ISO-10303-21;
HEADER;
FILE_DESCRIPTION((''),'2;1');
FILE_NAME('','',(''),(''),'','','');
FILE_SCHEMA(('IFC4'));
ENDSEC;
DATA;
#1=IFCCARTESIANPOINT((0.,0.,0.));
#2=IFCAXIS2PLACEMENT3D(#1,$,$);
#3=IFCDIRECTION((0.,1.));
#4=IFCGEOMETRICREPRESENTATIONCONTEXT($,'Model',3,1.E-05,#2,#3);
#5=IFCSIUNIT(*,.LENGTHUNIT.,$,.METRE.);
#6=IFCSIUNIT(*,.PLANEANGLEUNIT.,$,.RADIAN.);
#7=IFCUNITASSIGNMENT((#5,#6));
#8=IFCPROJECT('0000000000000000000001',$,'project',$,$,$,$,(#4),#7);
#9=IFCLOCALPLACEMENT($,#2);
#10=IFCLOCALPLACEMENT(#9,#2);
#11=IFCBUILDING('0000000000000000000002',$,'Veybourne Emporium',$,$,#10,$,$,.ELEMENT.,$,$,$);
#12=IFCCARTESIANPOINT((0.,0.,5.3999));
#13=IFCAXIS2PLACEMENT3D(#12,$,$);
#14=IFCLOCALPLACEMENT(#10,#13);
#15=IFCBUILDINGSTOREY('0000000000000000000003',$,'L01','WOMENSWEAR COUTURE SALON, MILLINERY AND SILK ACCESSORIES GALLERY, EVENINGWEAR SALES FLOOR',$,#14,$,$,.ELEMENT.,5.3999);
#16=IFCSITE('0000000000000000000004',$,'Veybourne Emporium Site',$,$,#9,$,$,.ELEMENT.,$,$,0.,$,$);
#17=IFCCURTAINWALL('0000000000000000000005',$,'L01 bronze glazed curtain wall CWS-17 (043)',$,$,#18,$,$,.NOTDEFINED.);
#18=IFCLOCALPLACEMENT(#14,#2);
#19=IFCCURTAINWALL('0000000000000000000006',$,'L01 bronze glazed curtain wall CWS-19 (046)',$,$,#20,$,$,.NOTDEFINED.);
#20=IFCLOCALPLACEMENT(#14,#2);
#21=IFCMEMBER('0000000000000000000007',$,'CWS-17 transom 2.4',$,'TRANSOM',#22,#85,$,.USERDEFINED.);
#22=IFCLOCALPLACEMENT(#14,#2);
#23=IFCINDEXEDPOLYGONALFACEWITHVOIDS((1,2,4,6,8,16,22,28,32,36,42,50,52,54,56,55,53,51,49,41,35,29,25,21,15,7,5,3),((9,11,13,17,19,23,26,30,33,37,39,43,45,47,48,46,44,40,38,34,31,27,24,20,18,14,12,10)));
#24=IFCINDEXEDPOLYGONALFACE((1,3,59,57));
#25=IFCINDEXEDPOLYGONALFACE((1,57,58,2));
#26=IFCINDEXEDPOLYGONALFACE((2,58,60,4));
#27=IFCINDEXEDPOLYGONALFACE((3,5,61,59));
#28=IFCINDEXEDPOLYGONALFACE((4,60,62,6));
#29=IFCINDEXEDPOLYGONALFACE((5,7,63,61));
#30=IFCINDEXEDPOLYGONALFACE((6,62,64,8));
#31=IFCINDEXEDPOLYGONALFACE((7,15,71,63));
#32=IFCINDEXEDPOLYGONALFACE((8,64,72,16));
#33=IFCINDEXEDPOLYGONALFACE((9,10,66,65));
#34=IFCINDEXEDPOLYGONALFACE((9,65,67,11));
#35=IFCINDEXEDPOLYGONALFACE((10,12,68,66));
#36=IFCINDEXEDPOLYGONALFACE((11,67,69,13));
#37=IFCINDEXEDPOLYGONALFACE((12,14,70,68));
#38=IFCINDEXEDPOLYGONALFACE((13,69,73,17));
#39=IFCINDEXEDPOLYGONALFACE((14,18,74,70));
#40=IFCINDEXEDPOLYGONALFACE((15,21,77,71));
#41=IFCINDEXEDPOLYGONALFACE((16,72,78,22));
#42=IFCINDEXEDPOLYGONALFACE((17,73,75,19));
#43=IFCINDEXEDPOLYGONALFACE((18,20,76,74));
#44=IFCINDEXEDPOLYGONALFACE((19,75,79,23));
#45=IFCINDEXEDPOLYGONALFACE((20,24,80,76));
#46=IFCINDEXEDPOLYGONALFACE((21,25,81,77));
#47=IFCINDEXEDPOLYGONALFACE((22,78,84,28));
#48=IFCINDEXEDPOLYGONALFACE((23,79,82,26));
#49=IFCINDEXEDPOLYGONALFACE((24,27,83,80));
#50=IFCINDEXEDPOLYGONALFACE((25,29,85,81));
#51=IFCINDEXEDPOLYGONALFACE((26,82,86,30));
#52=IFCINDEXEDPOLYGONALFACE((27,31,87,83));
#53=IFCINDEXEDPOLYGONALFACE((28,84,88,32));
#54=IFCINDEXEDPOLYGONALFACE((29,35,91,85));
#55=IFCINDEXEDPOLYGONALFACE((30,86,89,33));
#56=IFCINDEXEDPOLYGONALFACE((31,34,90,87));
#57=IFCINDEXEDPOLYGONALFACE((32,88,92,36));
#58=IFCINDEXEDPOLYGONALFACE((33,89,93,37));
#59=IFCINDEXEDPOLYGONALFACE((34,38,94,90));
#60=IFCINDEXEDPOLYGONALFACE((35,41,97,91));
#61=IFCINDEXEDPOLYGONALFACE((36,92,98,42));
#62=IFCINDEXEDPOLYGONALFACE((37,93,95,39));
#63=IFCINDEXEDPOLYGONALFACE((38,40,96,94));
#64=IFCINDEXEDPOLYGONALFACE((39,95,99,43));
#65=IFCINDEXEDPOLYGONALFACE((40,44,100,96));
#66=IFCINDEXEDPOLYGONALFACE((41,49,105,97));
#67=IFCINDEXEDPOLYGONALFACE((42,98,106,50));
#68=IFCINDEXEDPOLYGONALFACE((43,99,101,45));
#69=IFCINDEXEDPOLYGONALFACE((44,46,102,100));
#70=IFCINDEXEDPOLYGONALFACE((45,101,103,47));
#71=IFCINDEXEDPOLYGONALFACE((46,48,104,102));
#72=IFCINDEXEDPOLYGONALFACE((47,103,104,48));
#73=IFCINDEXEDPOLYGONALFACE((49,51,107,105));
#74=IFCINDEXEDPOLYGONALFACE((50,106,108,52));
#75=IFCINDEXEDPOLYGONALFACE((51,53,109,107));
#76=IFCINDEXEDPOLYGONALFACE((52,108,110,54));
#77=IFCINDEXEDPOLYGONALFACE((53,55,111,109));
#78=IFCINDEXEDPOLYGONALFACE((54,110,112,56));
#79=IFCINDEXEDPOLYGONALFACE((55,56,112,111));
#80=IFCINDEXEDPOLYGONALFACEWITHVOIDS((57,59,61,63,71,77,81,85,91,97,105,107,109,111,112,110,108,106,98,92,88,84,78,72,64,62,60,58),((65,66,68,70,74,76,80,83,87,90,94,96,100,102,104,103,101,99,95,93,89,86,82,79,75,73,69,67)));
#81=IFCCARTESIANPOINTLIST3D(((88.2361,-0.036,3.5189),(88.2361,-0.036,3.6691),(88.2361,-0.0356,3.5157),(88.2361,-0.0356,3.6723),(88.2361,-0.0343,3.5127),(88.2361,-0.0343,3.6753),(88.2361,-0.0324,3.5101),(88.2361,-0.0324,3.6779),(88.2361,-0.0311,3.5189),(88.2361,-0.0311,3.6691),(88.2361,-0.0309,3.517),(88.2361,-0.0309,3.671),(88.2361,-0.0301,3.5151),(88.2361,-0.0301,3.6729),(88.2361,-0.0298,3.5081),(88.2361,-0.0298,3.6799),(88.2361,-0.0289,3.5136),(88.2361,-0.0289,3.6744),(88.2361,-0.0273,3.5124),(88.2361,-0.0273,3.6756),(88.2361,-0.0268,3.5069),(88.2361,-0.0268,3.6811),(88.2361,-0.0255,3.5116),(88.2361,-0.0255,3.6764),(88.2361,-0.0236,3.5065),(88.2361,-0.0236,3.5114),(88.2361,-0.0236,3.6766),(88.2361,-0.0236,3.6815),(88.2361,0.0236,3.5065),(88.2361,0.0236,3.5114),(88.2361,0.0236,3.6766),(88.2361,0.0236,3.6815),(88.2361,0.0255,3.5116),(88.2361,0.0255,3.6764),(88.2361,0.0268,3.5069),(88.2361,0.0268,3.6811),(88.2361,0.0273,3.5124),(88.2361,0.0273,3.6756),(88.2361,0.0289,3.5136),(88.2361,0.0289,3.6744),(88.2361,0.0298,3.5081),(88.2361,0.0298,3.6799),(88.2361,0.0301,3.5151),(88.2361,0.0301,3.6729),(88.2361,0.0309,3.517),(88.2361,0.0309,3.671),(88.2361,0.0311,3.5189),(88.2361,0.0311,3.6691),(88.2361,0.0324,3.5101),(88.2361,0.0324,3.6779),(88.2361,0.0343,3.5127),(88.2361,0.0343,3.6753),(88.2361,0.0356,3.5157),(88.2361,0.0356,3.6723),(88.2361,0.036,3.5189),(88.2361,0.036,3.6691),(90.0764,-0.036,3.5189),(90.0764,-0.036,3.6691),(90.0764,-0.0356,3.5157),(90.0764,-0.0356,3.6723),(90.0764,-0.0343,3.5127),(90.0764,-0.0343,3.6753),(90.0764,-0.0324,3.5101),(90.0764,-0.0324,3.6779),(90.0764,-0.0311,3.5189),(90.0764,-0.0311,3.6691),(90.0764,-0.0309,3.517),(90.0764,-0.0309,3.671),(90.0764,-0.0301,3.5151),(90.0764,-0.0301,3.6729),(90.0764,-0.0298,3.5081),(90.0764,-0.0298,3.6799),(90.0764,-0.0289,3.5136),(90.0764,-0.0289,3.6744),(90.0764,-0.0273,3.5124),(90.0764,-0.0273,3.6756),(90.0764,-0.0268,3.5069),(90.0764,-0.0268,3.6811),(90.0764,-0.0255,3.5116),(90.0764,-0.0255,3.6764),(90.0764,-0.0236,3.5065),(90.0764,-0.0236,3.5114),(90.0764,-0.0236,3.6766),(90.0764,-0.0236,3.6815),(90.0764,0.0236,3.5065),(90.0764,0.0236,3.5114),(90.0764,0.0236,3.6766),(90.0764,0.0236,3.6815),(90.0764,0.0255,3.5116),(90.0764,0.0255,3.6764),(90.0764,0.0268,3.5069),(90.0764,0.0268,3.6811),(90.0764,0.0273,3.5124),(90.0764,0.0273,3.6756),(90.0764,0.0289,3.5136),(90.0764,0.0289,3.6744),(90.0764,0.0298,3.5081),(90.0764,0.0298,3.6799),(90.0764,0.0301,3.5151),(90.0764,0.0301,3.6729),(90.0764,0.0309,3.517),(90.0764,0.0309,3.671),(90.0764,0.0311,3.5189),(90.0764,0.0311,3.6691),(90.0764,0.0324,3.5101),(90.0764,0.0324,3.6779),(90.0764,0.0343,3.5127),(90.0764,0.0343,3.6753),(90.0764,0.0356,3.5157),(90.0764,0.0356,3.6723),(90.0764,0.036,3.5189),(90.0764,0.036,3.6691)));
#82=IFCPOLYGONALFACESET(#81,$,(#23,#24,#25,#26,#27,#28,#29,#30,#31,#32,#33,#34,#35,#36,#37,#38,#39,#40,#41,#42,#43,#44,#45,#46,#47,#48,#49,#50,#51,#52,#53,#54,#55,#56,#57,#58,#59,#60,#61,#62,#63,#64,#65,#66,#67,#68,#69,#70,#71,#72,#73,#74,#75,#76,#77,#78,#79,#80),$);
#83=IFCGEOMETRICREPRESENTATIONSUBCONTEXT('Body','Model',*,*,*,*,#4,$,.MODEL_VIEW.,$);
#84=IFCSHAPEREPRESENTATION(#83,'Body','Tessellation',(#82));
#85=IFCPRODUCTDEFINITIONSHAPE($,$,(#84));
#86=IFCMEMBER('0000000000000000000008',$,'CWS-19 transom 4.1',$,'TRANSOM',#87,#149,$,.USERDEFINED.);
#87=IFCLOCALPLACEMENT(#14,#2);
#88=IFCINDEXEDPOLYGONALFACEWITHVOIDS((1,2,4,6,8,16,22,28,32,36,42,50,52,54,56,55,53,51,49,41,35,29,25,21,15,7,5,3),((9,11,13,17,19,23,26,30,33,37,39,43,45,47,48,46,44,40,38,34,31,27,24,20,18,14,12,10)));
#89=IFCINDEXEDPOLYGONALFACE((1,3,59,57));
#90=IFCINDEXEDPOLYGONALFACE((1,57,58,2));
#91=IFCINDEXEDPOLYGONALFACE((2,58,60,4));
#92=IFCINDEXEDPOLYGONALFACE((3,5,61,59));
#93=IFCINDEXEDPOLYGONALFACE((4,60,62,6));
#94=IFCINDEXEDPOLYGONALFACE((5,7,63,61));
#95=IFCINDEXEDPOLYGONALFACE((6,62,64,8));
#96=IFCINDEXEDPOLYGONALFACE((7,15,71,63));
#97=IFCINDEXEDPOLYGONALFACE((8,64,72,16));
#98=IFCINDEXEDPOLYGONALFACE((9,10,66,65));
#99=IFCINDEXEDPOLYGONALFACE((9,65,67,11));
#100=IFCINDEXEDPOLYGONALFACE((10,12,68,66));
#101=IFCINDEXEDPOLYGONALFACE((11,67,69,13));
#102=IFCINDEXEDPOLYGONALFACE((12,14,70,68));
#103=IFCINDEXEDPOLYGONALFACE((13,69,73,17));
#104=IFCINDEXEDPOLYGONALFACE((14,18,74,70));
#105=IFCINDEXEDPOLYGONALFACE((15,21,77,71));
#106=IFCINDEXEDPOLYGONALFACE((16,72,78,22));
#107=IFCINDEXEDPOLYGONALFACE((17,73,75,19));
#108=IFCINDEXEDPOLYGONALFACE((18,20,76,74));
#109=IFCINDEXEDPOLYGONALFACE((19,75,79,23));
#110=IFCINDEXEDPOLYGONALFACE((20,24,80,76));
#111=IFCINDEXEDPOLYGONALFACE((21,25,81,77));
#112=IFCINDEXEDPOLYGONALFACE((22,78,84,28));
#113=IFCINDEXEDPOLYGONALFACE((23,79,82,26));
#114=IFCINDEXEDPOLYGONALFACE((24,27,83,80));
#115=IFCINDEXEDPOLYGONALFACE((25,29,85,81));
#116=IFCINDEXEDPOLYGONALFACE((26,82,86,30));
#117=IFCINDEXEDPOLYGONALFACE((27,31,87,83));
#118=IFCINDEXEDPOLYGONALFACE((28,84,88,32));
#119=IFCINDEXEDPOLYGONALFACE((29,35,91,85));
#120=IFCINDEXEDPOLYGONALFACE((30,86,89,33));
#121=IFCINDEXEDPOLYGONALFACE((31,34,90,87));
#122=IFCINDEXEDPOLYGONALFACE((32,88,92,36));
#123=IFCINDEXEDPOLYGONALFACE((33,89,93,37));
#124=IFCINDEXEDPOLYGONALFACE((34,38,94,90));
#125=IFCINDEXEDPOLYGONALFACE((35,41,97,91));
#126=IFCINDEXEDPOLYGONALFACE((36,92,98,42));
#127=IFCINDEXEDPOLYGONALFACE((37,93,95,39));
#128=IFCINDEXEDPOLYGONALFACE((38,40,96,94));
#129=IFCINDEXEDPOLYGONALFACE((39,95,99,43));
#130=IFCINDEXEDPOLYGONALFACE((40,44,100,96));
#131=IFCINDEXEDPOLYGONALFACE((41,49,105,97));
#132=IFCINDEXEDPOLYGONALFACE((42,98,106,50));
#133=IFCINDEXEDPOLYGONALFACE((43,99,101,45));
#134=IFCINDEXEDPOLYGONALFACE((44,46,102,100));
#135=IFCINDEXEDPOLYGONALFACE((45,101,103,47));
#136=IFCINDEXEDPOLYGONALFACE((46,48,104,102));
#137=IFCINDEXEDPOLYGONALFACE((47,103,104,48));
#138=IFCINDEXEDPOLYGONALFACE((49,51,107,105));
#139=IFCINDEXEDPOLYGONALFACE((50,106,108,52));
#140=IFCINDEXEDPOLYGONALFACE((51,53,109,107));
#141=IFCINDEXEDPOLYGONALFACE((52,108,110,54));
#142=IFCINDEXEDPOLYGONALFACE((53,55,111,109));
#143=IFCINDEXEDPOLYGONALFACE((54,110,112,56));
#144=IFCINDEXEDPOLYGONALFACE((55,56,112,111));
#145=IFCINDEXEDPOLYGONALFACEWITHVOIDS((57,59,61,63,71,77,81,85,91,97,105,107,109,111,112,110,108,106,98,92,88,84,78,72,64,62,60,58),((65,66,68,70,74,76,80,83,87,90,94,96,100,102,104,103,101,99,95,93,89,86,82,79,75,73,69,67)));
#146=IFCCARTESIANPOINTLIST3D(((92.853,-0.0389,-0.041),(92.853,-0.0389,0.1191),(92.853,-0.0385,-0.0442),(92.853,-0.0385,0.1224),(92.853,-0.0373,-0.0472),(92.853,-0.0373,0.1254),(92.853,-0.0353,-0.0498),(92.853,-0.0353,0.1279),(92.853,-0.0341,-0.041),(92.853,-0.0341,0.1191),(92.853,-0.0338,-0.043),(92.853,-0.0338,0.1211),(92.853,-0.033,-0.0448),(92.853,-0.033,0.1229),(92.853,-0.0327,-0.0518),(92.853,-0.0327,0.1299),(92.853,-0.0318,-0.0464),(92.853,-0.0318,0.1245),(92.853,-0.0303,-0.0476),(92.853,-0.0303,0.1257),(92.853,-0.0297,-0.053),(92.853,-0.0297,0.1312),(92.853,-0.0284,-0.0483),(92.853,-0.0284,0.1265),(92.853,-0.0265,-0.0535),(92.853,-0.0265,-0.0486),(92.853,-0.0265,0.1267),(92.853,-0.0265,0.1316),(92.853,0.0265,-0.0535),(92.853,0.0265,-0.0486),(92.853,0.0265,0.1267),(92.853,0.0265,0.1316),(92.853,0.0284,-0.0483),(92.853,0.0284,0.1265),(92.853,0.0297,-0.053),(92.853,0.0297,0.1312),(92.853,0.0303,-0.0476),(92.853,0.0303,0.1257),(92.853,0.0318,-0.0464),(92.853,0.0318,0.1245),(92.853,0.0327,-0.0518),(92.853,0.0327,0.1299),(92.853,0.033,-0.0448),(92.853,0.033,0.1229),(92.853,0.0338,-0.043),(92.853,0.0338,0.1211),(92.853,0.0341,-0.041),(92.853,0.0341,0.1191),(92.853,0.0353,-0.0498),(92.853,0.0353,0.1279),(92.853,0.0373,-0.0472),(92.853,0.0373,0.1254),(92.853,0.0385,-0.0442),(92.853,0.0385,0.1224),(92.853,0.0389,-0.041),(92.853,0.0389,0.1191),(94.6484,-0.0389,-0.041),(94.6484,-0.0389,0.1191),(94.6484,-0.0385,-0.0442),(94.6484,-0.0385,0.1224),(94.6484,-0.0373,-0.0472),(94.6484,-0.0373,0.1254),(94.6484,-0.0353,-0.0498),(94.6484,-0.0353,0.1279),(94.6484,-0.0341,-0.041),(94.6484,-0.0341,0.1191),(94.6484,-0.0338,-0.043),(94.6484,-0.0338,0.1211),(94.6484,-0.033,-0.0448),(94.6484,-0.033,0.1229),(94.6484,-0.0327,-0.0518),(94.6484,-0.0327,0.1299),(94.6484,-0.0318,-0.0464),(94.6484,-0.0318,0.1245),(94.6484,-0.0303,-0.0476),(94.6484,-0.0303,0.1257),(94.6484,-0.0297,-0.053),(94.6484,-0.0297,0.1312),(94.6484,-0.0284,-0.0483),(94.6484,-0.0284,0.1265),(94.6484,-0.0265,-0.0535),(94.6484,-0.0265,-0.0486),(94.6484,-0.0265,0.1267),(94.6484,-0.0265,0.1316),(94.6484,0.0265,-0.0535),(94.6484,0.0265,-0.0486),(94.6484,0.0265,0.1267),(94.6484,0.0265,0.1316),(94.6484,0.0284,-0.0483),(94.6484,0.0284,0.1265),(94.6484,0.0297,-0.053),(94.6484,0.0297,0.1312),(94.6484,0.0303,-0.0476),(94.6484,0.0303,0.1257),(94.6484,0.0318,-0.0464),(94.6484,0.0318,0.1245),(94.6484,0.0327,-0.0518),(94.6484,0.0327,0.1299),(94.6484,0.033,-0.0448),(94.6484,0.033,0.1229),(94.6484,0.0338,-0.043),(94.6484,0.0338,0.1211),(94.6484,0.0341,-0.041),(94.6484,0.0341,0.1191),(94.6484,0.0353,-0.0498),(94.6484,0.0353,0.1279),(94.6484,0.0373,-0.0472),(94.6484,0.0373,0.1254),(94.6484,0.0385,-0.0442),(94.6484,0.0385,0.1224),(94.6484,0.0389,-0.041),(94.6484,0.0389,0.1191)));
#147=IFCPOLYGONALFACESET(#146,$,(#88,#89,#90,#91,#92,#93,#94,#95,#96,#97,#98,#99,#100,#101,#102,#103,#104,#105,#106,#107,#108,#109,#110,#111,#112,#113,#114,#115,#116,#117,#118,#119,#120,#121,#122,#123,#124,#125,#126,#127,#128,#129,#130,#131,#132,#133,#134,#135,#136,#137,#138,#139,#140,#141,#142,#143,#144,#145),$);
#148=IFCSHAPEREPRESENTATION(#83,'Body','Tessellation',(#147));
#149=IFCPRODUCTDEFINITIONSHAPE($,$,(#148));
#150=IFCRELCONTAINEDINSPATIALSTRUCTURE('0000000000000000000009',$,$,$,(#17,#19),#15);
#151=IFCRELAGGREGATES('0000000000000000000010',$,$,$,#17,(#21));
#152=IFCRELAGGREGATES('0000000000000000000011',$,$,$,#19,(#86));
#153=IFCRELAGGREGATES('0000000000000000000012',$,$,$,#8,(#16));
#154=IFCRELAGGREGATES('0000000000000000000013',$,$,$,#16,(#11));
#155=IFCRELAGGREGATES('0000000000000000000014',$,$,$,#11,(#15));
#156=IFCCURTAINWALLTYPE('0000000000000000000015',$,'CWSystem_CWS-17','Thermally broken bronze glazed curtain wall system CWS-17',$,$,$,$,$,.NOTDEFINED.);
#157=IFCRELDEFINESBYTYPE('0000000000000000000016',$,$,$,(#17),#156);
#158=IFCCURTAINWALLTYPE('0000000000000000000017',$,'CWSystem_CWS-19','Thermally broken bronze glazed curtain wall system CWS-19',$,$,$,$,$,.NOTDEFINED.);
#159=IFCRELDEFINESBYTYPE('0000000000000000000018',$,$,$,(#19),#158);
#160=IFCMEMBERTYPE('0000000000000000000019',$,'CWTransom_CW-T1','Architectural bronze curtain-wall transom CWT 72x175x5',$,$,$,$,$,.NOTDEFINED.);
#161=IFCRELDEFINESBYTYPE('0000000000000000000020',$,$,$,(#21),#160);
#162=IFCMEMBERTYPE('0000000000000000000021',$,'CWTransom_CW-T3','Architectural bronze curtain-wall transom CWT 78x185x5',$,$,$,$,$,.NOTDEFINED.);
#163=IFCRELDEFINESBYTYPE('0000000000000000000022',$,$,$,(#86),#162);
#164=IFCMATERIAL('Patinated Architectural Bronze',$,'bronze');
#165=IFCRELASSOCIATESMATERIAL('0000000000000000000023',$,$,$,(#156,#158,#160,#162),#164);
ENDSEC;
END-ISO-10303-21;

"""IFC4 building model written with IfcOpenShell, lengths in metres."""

from ifc_helpers import new_model, si_unit, direction, frame, origin, origin_2d, place, context, subcontext, project, spatial, hollow_rectangle, extrude, material, material_profile, profile_set, type_object, element, aggregate, save


model = new_model("IFC4")

# Units and contexts
model_context = context("Model", 3, precision=1e-05, world=origin(), true_north=direction((0.0, 1.0)))
body_context = subcontext(model_context, "Body", "Model", "MODEL_VIEW")
ifc_project = project(units=[si_unit("LENGTHUNIT", "METRE"), si_unit("PLANEANGLEUNIT", "RADIAN")], contexts=[model_context])

# Site, building, storey
site_placement = place(None, origin())
site = spatial("IfcSite", under=ifc_project, at=site_placement, Name="Veybourne Emporium Site", CompositionType="ELEMENT", RefElevation=0.0)
building_placement = place(site_placement, origin())
building = spatial("IfcBuilding", under=site, at=building_placement, Name="Veybourne Emporium", CompositionType="ELEMENT")
storey_placement = place(building_placement, frame((0.0, 0.0, 5.3999)))
storey = spatial("IfcBuildingStorey", under=building, at=storey_placement, Name="L01", Description="WOMENSWEAR COUTURE SALON, MILLINERY AND SILK ACCESSORIES GALLERY, EVENINGWEAR SALES FLOOR", CompositionType="ELEMENT", Elevation=5.3999)

# Curtain wall
ifc_material_1 = material(Name="Patinated Architectural Bronze", Category="bronze")
curtain_wall_type_1 = type_object("IfcCurtainWallType", Name="CWSystem_CWS-17", Description="Thermally broken bronze glazed curtain wall system CWS-17", PredefinedType="NOTDEFINED", material=ifc_material_1)
curtain_wall_1_placement = place(storey_placement, origin())
curtain_wall_1 = element("IfcCurtainWall", 1, at=curtain_wall_1_placement, inside=storey, type_object=curtain_wall_type_1, Name="L01 bronze glazed curtain wall CWS-17 (043)", PredefinedType="NOTDEFINED")

# Curtain wall
curtain_wall_type_2 = type_object("IfcCurtainWallType", Name="CWSystem_CWS-19", Description="Thermally broken bronze glazed curtain wall system CWS-19", PredefinedType="NOTDEFINED", material=ifc_material_1)
curtain_wall_2_placement = place(storey_placement, origin())
curtain_wall_2 = element("IfcCurtainWall", 2, at=curtain_wall_2_placement, inside=storey, type_object=curtain_wall_type_2, Name="L01 bronze glazed curtain wall CWS-19 (046)", PredefinedType="NOTDEFINED")

# Members
ifc_material_profile_1 = material_profile(ifc_material_1, hollow_rectangle(XDim=0.072, YDim=0.175, WallThickness=0.0049, InnerFilletRadius=0.0076, OuterFilletRadius=0.0125, at=origin_2d()), Name="CWT 72x175x5")
ifc_profile_set_1 = profile_set([ifc_material_profile_1], Name="Patinated Architectural Bronze")
member_type_1 = type_object("IfcMemberType", Name="CWTransom_CW-T1", Description="Architectural bronze curtain-wall transom CWT 72x175x5", PredefinedType="NOTDEFINED", material=ifc_profile_set_1)
member_1_placement = place(storey_placement, frame((90.0764, 0.0, 3.594), z_axis=(-1.0, 0.0, 0.0), x_axis=(0.0, -1.0, 0.0)))
member_1 = element("IfcMember", 3, at=member_1_placement, type_object=member_type_1, Name="CWS-17 transom 2.4", ObjectType="TRANSOM", PredefinedType="USERDEFINED", context=body_context, shape_type="SweptSolid", body=[
    extrude(hollow_rectangle(XDim=0.072, YDim=0.175, WallThickness=0.0049, InnerFilletRadius=0.0076, OuterFilletRadius=0.0125, at=origin_2d()), origin(), (0.0, 0.0, 1.0), 1.8403),
])
ifc_material_profile_2 = material_profile(ifc_material_1, hollow_rectangle(XDim=0.0779, YDim=0.1851, WallThickness=0.0049, InnerFilletRadius=0.0076, OuterFilletRadius=0.0125, at=origin_2d()), Name="CWT 78x185x5")
ifc_profile_set_2 = profile_set([ifc_material_profile_2], Name="Patinated Architectural Bronze")
member_type_2 = type_object("IfcMemberType", Name="CWTransom_CW-T3", Description="Architectural bronze curtain-wall transom CWT 78x185x5", PredefinedType="NOTDEFINED", material=ifc_profile_set_2)
member_2_placement = place(storey_placement, frame((94.6484, 0.0, 0.0391), z_axis=(-1.0, 0.0, 0.0), x_axis=(0.0, -1.0, 0.0)))
member_2 = element("IfcMember", 4, at=member_2_placement, type_object=member_type_2, Name="CWS-19 transom 4.1", ObjectType="TRANSOM", PredefinedType="USERDEFINED", context=body_context, shape_type="SweptSolid", body=[
    extrude(hollow_rectangle(XDim=0.0779, YDim=0.1851, WallThickness=0.0049, InnerFilletRadius=0.0076, OuterFilletRadius=0.0125, at=origin_2d()), origin(), (0.0, 0.0, 1.0), 1.7954),
])

aggregate(curtain_wall_1, [member_1])
aggregate(curtain_wall_2, [member_2])

save(model, "model.ifc")
